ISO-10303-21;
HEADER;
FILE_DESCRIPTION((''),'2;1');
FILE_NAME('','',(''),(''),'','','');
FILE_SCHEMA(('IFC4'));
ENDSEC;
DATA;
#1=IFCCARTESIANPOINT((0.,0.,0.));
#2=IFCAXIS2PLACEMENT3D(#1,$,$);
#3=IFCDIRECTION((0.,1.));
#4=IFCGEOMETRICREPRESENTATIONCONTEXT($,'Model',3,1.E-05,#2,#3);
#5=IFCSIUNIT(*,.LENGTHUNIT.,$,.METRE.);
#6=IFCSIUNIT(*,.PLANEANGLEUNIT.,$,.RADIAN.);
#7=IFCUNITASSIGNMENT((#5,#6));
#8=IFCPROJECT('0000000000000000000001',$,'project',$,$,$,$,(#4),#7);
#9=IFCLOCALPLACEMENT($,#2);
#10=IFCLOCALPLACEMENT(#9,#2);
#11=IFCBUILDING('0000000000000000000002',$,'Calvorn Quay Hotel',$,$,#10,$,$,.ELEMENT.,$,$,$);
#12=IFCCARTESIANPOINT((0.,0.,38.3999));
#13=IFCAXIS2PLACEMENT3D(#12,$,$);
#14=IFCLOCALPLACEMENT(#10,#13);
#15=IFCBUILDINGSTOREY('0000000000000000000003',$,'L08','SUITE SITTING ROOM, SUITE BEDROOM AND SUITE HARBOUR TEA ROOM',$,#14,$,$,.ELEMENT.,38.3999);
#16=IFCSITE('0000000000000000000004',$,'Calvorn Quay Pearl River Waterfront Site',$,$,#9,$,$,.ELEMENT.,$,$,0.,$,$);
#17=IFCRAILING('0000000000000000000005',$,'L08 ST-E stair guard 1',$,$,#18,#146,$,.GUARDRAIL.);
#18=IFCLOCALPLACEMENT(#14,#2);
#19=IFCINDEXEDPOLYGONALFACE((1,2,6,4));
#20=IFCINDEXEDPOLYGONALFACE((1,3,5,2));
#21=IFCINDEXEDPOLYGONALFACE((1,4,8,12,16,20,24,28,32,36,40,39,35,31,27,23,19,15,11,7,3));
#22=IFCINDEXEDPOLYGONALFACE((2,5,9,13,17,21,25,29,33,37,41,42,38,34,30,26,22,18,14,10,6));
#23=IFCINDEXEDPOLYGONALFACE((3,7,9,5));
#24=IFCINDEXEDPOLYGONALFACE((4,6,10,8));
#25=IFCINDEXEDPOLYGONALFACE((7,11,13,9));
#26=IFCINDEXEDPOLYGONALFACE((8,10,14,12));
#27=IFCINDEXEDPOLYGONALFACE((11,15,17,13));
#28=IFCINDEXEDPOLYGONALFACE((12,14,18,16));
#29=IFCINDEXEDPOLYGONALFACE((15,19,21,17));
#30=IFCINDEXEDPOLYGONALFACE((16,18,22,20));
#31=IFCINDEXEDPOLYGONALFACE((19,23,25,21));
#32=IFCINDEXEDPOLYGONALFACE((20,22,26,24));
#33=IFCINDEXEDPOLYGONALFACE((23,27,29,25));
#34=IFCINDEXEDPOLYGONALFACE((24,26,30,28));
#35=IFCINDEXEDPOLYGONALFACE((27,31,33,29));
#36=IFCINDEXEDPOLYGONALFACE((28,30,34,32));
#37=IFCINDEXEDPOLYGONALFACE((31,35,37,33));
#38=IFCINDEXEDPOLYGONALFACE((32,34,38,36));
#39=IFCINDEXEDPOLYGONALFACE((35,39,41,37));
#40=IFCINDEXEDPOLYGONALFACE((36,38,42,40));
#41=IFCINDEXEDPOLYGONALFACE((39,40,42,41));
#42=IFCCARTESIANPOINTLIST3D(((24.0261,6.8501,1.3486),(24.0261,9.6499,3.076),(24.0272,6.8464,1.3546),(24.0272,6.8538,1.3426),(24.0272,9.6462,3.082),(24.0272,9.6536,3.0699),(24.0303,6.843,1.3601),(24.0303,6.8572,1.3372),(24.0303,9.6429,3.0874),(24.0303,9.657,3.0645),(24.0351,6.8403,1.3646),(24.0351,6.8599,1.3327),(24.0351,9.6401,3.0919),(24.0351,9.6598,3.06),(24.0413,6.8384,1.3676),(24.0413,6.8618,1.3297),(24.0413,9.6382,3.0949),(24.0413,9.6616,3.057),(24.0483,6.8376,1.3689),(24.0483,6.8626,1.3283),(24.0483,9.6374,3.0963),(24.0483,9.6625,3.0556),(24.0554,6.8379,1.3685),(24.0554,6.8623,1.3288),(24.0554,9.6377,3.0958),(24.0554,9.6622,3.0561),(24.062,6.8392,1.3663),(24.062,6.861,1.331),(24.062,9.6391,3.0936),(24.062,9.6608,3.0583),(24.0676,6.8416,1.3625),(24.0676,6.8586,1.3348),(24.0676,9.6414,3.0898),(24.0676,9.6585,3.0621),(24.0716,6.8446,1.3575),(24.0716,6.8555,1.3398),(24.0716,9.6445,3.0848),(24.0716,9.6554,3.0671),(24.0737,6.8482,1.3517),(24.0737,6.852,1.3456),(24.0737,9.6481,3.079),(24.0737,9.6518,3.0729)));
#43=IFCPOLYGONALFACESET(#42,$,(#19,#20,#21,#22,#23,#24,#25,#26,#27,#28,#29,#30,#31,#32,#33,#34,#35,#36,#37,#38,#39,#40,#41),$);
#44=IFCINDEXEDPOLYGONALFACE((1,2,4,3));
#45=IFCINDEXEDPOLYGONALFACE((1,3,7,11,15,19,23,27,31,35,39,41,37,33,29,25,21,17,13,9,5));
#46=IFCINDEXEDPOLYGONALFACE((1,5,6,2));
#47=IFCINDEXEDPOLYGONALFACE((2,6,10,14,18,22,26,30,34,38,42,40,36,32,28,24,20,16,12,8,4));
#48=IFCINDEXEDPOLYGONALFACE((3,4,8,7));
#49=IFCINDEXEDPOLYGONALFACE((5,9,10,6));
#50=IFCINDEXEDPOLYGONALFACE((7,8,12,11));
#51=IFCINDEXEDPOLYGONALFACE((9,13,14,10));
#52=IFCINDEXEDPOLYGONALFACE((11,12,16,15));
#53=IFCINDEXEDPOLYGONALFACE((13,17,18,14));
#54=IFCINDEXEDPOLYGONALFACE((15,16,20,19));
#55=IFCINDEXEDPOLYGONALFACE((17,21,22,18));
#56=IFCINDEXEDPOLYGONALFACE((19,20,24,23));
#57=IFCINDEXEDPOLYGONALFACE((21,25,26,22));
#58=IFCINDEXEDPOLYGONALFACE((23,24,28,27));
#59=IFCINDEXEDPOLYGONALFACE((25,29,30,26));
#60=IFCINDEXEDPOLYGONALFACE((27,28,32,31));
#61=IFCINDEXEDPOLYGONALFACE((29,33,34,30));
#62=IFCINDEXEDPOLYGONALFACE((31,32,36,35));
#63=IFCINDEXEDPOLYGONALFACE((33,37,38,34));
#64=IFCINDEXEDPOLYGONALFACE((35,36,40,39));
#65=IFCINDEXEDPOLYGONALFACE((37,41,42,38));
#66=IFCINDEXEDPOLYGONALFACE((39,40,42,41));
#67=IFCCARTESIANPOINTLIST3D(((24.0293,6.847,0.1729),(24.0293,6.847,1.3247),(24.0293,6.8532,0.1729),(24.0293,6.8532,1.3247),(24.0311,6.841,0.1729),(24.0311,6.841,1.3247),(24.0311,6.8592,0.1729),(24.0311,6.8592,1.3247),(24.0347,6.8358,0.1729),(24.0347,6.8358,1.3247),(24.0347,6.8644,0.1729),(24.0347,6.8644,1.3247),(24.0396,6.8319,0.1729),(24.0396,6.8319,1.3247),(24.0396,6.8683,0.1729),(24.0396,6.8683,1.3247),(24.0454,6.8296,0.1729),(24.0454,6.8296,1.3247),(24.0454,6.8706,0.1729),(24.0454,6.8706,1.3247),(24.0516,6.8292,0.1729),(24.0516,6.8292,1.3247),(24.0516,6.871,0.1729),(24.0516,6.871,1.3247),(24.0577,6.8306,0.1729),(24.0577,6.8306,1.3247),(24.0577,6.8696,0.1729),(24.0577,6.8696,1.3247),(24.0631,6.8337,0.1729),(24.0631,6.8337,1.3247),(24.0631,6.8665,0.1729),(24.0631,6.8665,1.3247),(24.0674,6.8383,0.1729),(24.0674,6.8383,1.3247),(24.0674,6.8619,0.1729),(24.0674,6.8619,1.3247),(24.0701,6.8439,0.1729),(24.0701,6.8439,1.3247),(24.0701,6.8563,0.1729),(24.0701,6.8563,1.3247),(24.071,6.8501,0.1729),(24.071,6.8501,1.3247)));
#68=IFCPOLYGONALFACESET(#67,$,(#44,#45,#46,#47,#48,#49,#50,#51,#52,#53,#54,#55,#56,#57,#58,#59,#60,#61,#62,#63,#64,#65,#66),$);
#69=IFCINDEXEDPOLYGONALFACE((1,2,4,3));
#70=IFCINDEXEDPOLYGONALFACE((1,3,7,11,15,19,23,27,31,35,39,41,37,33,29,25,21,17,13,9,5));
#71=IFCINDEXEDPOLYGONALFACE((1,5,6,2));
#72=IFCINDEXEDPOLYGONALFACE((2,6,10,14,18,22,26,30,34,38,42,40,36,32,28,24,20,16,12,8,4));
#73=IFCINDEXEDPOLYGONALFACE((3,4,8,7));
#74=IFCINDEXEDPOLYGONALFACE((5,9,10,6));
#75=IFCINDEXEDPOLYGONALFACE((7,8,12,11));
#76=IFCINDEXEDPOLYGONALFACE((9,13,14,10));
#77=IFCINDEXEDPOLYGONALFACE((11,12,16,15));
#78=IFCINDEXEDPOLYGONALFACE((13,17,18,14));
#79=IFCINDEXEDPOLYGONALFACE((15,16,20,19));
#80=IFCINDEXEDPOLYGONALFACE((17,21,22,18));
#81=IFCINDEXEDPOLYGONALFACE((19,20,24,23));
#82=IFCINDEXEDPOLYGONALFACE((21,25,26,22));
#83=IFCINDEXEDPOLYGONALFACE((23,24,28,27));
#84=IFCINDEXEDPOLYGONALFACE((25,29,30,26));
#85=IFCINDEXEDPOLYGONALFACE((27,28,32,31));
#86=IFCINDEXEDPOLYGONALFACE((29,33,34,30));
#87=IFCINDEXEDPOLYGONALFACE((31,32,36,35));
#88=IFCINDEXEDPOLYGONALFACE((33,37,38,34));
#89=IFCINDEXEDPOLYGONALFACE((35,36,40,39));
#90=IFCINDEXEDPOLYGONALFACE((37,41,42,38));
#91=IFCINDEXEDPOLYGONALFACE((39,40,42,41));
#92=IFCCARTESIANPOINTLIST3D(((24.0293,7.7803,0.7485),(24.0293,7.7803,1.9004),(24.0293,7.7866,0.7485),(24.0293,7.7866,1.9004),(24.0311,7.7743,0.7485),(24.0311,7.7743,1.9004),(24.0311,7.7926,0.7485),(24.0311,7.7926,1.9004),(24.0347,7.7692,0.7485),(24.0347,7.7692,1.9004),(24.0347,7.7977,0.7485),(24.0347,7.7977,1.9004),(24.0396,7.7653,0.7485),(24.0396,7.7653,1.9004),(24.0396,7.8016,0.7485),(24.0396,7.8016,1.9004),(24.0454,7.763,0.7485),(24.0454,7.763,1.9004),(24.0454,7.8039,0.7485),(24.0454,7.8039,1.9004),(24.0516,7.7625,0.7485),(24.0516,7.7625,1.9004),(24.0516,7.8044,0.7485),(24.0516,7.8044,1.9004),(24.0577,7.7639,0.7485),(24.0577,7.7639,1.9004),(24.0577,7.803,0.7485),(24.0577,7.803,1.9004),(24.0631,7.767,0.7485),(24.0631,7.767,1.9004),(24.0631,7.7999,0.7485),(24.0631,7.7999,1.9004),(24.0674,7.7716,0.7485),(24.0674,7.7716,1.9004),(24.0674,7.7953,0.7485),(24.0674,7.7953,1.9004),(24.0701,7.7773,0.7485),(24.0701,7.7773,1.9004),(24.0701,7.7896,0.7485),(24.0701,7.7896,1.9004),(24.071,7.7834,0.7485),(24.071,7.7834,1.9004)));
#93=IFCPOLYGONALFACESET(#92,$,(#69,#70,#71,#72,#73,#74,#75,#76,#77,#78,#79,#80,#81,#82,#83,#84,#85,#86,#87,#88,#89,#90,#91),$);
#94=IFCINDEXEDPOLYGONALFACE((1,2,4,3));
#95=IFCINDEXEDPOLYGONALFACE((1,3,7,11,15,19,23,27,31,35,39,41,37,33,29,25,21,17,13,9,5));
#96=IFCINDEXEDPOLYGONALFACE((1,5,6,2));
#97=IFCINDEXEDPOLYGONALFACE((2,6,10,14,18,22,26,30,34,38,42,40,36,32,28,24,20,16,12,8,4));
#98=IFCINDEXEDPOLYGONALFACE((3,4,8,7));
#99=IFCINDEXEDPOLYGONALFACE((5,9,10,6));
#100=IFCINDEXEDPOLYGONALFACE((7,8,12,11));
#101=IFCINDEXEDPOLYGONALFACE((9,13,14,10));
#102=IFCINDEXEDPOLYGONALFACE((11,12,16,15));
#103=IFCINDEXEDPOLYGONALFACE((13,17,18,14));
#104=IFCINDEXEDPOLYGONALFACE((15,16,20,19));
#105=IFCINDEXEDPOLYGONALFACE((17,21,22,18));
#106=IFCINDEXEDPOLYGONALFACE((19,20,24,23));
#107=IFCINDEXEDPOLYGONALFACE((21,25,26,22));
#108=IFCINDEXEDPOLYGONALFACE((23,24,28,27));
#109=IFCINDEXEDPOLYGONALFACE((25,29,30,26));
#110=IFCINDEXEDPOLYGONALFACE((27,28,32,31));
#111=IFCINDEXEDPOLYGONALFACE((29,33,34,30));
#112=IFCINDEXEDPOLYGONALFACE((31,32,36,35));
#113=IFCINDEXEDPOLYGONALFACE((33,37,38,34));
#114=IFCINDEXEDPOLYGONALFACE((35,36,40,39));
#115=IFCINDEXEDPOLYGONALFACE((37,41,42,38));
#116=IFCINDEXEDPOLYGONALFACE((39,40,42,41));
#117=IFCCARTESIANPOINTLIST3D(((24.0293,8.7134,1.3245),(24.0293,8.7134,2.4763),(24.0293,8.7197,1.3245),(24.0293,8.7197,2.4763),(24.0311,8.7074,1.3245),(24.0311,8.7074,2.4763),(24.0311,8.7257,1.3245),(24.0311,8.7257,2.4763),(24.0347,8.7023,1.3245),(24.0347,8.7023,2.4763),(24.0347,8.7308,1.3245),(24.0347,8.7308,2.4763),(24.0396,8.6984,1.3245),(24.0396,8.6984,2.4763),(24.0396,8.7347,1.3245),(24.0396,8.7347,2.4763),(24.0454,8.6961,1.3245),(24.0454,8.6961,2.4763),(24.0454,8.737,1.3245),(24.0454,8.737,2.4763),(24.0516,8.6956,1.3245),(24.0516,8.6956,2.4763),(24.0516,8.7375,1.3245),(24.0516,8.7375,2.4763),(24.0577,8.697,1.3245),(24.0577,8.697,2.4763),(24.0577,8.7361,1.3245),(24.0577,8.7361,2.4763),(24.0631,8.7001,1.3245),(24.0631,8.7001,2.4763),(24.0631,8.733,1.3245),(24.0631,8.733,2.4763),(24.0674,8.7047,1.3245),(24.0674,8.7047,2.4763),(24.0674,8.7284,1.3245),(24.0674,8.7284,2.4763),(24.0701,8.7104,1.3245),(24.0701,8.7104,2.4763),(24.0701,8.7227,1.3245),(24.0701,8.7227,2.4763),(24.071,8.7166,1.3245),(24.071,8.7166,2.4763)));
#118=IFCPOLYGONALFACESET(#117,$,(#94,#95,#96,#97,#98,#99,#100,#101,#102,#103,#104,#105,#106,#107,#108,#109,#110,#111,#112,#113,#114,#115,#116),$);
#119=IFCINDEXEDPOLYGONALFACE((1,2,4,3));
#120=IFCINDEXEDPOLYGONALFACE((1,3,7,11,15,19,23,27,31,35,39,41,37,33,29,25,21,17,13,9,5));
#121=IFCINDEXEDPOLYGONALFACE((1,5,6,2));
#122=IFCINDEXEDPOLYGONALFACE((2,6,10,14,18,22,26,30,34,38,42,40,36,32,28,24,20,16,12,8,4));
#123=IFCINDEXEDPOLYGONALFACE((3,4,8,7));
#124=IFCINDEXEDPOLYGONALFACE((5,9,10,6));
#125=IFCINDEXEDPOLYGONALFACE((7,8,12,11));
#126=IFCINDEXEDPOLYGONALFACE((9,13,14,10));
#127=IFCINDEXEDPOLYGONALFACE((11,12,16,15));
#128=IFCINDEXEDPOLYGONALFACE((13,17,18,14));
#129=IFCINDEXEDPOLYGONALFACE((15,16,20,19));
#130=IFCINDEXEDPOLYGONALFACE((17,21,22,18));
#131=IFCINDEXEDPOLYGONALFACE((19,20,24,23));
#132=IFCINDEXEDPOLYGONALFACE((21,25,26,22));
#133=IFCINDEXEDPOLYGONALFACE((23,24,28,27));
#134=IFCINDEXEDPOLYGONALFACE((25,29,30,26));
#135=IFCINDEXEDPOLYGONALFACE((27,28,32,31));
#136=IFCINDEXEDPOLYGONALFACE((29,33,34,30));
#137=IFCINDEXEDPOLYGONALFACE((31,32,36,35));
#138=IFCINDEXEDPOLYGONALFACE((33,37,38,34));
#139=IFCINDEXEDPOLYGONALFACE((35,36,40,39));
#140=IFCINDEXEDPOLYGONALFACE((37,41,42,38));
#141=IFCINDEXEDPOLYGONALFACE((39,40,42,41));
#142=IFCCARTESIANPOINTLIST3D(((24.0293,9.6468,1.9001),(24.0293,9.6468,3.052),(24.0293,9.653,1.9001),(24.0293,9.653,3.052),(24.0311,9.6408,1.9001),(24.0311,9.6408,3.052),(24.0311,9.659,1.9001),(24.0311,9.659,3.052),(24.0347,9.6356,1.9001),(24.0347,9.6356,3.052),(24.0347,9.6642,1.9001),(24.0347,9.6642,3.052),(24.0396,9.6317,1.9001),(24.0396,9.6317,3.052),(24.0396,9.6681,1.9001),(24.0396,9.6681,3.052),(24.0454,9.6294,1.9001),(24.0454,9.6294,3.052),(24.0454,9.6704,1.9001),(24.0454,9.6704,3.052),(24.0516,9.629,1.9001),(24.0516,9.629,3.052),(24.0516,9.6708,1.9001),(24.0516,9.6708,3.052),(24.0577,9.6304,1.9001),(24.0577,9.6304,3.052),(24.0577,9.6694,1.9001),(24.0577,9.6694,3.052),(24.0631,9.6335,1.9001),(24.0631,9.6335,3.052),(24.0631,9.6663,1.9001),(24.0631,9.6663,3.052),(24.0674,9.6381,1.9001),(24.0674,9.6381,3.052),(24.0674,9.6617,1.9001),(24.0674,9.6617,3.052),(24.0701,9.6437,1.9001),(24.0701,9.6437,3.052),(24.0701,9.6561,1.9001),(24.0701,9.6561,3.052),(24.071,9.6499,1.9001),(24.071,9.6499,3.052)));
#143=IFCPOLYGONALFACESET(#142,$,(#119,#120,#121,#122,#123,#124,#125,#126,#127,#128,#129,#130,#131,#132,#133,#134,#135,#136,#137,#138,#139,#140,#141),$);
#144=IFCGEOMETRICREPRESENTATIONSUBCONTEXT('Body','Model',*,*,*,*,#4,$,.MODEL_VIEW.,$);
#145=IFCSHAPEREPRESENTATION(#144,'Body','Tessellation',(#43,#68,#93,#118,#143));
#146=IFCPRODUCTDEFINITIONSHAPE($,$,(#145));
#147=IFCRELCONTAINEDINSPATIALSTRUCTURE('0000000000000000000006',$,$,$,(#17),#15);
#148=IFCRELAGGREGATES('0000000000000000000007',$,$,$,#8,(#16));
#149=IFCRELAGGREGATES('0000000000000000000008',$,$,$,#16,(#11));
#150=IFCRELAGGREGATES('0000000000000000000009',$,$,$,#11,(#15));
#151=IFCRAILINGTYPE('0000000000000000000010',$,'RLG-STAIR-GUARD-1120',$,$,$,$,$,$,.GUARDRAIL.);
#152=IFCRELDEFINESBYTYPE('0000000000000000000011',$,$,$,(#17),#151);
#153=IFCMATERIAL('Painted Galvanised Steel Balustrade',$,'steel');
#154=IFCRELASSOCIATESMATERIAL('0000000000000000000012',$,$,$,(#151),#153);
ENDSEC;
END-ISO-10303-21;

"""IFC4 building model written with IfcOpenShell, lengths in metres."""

from ifc_helpers import new_model, si_unit, direction, frame, origin, origin_2d, place, context, subcontext, project, spatial, circle, extrude, material, type_object, element, save


model = new_model("IFC4")

# Units and contexts
model_context = context("Model", 3, precision=1e-05, world=origin(), true_north=direction((0.0, 1.0)))
body_context = subcontext(model_context, "Body", "Model", "MODEL_VIEW")
ifc_project = project(units=[si_unit("LENGTHUNIT", "METRE"), si_unit("PLANEANGLEUNIT", "RADIAN")], contexts=[model_context])

# Site, building, storey
site_placement = place(None, origin())
site = spatial("IfcSite", under=ifc_project, at=site_placement, Name="Calvorn Quay Pearl River Waterfront Site", CompositionType="ELEMENT", RefElevation=0.0)
building_placement = place(site_placement, origin())
building = spatial("IfcBuilding", under=site, at=building_placement, Name="Calvorn Quay Hotel", CompositionType="ELEMENT")
storey_placement = place(building_placement, frame((0.0, 0.0, 38.3999)))
storey = spatial("IfcBuildingStorey", under=building, at=storey_placement, Name="L08", Description="SUITE SITTING ROOM, SUITE BEDROOM AND SUITE HARBOUR TEA ROOM", CompositionType="ELEMENT", Elevation=38.3999)

# Railing
ifc_material_1 = material(Name="Painted Galvanised Steel Balustrade", Category="steel")
railing_type_1 = type_object("IfcRailingType", Name="RLG-STAIR-GUARD-1120", PredefinedType="GUARDRAIL", material=ifc_material_1)
railing_1_placement = place(storey_placement, frame((24.05, 6.8501, 0.1729)))
element("IfcRailing", 1, at=railing_1_placement, inside=storey, type_object=railing_type_1, Name="L08 ST-E stair guard 1", PredefinedType="GUARDRAIL", context=body_context, shape_type="SweptSolid", body=[
    extrude(circle(Radius=0.0239, at=origin_2d()), frame((0.0, 0.0, 1.1758), z_axis=(0.0, 0.851069, 0.525054), x_axis=(-1.0, 0.0, 0.0)), (0.0, 0.0, 1.0), 3.2898),
    extrude(circle(Radius=0.021, at=origin_2d()), origin(), (0.0, 0.0, 1.0), 1.1519),
    extrude(circle(Radius=0.021, at=origin_2d()), frame((0.0, 0.9333, 0.5757)), (0.0, 0.0, 1.0), 1.1519),
    extrude(circle(Radius=0.021, at=origin_2d()), frame((0.0, 1.8665, 1.1516)), (0.0, 0.0, 1.0), 1.1519),
    extrude(circle(Radius=0.021, at=origin_2d()), frame((0.0, 2.7998, 1.7273)), (0.0, 0.0, 1.0), 1.1519),
])

save(model, "model.ifc")
